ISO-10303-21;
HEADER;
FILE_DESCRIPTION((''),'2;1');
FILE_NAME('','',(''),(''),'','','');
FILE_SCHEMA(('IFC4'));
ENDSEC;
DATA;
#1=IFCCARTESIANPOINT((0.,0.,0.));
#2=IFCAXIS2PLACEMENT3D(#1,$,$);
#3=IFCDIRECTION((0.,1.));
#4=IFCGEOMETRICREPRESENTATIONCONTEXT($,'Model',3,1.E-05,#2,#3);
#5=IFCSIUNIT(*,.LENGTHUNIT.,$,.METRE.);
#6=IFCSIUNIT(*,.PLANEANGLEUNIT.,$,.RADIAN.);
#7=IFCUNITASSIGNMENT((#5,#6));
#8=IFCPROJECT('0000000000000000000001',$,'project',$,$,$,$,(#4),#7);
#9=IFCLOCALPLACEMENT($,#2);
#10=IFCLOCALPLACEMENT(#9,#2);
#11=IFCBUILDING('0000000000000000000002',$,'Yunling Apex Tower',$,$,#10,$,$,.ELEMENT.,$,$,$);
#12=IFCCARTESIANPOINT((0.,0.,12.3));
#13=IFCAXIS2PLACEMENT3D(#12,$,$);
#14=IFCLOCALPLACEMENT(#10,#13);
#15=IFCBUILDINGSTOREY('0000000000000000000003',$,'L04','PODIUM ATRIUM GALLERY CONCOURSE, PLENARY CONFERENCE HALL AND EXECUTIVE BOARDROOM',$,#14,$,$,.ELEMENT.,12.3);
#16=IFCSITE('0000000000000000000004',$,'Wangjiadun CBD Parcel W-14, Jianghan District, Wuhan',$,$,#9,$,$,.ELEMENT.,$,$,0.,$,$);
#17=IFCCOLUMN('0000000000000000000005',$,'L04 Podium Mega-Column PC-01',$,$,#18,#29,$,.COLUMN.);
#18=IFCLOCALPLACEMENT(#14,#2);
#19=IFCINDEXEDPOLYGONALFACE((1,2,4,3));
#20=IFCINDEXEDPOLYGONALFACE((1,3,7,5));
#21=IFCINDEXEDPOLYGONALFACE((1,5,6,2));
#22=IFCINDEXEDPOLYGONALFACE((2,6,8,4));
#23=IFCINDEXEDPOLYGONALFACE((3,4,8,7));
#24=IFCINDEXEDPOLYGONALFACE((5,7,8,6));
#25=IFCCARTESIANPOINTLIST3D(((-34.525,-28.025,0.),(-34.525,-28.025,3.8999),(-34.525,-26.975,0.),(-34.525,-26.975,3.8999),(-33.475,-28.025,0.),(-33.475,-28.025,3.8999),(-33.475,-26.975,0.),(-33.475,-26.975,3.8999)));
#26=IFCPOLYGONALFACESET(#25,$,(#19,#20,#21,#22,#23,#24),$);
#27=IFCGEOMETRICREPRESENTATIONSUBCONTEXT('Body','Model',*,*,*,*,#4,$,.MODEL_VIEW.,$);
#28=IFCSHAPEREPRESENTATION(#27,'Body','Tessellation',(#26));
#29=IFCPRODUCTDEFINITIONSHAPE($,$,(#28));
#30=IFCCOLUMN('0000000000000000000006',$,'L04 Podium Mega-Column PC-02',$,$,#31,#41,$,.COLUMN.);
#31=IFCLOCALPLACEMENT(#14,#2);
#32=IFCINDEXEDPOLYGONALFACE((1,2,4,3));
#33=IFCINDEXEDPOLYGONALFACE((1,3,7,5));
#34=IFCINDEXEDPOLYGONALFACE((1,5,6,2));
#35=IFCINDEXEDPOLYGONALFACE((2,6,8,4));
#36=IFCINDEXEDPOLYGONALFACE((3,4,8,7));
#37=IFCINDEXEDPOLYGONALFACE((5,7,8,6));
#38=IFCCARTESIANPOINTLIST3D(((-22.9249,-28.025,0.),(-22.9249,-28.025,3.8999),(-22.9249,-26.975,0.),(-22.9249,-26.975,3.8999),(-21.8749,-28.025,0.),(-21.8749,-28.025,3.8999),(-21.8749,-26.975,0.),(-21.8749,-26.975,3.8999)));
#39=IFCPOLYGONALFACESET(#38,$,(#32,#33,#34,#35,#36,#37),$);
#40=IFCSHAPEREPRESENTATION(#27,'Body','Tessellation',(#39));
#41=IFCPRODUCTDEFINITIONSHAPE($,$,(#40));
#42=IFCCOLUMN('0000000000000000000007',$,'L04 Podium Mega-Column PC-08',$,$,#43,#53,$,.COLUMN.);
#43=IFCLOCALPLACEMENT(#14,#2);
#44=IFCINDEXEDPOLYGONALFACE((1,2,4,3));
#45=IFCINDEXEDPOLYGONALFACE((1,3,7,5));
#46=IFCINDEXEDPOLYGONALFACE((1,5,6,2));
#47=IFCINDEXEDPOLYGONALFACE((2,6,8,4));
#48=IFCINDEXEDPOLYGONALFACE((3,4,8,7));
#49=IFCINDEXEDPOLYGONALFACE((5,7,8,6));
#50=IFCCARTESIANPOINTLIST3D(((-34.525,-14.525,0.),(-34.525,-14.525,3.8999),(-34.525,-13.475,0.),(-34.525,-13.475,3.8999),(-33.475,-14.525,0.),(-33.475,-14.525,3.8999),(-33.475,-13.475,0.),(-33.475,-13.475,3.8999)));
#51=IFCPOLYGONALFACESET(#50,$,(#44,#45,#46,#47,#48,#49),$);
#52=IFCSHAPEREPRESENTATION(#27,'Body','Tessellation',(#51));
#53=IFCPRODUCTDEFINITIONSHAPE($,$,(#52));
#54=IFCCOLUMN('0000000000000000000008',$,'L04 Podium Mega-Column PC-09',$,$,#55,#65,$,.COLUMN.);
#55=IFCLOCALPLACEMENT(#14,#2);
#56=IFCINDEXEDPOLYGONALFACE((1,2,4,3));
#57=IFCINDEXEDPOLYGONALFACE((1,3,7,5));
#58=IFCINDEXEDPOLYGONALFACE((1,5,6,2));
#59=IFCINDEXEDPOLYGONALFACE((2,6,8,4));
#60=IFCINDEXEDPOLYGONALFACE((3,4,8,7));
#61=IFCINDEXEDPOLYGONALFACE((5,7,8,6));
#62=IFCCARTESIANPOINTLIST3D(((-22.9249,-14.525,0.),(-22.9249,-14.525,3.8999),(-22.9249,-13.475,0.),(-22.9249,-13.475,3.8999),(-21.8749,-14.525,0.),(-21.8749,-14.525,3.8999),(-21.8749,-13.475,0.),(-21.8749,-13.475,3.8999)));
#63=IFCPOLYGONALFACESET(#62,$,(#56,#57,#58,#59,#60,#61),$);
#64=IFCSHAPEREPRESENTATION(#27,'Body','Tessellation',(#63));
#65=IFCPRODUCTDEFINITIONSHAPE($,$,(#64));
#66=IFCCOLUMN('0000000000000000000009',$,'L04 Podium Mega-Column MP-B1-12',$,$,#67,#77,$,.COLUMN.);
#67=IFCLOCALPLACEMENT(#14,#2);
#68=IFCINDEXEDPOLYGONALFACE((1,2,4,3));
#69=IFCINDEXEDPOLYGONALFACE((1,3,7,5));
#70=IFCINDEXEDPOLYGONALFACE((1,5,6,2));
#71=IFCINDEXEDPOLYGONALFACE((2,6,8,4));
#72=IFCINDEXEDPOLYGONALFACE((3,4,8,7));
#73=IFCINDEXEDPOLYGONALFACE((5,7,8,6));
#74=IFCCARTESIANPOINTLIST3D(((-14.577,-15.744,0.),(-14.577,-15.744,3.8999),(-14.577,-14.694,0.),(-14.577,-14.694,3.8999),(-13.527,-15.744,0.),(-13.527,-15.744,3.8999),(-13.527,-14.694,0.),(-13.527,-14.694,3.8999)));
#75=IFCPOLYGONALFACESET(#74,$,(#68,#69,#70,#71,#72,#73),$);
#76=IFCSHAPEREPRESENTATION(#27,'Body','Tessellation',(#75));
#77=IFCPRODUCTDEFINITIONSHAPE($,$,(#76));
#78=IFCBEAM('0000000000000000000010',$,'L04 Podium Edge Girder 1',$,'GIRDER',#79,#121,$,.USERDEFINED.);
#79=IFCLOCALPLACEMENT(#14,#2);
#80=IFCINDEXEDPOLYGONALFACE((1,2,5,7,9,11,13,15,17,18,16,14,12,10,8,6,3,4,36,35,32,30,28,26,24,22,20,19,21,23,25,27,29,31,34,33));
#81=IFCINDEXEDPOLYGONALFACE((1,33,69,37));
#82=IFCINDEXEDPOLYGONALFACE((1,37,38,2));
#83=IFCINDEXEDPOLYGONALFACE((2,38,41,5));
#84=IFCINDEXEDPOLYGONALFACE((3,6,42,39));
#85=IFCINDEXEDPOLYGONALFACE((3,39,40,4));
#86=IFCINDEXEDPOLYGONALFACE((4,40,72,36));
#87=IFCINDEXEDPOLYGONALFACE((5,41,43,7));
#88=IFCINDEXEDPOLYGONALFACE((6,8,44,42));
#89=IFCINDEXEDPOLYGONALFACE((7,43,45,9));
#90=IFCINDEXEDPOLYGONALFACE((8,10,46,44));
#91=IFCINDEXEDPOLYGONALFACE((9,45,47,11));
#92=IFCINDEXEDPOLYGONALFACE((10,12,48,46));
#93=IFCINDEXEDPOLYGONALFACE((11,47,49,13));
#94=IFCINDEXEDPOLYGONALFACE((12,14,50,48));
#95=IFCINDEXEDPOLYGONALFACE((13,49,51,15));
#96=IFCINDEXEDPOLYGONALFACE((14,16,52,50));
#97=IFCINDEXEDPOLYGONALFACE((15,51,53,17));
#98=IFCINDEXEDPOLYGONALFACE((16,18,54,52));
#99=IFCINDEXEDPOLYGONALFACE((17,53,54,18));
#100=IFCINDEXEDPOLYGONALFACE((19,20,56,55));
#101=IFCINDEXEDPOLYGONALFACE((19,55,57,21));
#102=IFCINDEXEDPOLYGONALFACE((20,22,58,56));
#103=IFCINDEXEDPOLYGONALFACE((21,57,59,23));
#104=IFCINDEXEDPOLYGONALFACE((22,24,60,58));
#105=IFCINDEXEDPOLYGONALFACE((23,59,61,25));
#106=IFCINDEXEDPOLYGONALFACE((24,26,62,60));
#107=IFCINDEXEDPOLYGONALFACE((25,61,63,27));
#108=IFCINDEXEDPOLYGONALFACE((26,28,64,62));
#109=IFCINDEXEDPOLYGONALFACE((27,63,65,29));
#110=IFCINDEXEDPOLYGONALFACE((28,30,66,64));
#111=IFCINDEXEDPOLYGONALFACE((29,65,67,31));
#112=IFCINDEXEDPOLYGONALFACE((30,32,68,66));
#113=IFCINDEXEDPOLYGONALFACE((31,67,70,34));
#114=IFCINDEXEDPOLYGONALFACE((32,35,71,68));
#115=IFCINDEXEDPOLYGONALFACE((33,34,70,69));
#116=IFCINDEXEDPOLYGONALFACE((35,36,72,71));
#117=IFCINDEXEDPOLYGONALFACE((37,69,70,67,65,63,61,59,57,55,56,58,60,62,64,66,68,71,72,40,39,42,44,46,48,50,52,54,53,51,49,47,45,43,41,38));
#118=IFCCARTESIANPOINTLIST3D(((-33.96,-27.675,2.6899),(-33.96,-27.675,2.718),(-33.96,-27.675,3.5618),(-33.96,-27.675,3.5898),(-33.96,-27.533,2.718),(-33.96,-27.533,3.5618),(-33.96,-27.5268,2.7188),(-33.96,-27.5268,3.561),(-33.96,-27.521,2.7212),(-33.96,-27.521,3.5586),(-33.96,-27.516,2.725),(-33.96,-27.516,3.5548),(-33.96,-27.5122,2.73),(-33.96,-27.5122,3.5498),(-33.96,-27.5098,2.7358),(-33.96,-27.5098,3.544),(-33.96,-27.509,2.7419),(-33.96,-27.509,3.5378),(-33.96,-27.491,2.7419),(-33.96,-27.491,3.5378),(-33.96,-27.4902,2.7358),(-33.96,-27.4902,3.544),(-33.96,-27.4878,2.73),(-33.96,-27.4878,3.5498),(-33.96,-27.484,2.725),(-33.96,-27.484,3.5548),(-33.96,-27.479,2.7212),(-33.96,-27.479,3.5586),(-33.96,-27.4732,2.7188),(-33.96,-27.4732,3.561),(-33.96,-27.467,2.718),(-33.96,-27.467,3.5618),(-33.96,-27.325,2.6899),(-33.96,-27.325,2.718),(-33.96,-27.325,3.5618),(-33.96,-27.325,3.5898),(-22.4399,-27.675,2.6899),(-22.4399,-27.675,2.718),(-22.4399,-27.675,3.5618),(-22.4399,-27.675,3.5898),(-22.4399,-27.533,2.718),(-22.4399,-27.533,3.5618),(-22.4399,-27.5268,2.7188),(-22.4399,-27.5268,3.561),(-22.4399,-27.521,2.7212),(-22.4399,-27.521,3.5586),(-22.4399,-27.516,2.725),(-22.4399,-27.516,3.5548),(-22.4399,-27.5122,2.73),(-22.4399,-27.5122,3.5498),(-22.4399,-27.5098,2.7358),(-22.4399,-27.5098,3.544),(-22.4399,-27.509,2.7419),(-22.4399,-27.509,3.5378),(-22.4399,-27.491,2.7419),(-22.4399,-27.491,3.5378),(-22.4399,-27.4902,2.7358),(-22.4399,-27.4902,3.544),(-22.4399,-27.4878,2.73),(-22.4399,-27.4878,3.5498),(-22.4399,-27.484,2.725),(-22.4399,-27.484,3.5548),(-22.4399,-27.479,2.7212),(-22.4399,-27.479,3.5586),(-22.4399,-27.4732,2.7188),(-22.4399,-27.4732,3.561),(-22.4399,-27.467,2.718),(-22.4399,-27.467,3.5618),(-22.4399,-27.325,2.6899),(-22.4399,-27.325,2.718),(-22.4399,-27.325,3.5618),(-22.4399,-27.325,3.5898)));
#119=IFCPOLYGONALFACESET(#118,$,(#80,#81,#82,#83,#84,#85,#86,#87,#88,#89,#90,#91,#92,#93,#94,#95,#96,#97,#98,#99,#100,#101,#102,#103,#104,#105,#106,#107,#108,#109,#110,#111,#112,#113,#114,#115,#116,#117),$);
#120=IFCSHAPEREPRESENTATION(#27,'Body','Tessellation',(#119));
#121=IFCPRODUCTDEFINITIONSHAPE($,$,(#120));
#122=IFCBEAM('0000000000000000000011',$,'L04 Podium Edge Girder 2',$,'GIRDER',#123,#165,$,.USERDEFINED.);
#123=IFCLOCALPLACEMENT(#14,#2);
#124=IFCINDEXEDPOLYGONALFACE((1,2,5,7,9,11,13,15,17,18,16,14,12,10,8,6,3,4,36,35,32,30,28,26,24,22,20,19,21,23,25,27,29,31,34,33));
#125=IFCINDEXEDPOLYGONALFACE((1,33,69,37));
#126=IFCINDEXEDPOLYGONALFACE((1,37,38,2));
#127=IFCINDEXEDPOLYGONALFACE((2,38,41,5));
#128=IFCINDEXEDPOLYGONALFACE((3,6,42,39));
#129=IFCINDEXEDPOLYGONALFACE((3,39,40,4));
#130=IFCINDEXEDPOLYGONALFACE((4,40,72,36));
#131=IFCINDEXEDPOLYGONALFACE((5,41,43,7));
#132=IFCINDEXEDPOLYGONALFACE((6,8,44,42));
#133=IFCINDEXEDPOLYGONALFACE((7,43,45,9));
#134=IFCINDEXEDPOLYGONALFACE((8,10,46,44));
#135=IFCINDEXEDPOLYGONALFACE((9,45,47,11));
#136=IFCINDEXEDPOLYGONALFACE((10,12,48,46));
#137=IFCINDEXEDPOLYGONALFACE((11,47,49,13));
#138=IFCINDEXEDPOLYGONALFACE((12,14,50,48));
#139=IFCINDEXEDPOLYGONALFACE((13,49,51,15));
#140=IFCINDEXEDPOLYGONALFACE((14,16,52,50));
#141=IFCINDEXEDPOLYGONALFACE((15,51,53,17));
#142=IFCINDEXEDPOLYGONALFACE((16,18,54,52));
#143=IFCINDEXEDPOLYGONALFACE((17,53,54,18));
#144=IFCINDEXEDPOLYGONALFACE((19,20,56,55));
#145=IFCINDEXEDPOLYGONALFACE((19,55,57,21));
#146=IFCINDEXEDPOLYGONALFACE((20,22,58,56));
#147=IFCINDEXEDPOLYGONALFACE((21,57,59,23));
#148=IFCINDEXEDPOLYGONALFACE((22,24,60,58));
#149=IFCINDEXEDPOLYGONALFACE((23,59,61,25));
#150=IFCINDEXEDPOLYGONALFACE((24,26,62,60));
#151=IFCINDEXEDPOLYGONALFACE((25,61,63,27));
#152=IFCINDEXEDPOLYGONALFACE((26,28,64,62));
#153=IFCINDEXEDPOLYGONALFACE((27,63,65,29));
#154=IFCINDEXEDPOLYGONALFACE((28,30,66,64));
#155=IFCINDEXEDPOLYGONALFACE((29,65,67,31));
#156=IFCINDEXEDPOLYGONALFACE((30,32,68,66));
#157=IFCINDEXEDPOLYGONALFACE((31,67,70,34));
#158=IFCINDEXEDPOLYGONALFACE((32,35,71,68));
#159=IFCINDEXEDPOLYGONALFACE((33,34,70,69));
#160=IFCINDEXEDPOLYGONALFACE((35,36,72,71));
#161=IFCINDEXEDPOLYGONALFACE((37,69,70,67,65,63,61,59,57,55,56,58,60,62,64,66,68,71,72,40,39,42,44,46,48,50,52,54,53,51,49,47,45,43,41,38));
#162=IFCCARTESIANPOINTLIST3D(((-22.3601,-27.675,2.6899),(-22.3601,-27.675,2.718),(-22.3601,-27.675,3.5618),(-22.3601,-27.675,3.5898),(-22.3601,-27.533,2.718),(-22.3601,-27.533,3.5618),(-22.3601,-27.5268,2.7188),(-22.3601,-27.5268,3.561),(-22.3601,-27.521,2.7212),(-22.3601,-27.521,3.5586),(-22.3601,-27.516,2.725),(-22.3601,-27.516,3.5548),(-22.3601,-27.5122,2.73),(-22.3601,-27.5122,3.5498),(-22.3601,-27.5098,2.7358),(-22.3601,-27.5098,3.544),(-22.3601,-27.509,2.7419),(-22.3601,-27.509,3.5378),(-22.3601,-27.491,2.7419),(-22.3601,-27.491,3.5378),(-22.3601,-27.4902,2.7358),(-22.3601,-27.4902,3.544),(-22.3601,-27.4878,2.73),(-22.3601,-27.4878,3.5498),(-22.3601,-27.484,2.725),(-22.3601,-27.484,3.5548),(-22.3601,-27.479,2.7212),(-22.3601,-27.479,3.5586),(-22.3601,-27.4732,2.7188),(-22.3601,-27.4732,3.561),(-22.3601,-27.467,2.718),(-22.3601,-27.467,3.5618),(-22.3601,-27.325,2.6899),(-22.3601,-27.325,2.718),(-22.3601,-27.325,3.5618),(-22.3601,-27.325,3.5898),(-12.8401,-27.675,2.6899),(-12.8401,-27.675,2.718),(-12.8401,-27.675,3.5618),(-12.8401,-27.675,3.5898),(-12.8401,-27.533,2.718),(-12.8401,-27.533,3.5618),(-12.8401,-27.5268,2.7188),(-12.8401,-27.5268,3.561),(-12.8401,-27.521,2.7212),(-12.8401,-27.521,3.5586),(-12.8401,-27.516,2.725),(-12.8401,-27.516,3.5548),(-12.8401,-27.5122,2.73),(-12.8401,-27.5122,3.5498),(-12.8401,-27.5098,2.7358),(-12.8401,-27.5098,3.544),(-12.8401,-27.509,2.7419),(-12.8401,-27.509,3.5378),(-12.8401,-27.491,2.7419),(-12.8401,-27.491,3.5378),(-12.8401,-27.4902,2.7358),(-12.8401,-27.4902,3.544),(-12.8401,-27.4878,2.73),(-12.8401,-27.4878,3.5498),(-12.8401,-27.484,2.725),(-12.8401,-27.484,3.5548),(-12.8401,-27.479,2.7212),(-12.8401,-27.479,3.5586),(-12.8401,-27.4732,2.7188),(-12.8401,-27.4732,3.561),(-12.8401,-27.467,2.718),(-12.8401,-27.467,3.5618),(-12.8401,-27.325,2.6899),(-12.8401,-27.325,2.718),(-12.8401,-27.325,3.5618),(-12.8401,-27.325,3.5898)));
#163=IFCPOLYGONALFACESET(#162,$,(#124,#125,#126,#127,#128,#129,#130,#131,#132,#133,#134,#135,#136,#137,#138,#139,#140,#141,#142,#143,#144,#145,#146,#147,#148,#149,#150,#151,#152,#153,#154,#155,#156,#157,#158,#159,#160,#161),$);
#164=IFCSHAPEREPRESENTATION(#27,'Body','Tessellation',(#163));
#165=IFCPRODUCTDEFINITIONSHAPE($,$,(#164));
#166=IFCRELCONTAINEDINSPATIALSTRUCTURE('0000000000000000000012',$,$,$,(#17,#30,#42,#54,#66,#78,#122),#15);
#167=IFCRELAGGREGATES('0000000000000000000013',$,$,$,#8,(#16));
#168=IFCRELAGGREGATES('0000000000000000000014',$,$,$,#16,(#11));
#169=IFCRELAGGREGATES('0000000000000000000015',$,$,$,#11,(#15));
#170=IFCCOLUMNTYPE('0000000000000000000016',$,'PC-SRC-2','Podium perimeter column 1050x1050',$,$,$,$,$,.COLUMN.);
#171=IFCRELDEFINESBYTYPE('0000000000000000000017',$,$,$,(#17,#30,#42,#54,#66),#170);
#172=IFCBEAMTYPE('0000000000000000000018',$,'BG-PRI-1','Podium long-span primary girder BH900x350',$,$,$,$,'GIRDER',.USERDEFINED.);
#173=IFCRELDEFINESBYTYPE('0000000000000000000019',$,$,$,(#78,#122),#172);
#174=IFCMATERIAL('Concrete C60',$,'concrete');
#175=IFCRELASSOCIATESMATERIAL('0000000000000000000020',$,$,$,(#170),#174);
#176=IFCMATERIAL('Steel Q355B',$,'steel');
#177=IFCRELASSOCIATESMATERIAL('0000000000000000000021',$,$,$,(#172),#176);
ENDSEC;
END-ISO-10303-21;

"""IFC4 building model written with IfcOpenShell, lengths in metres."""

from ifc_helpers import new_model, si_unit, direction, frame, origin, origin_2d, place, context, subcontext, project, spatial, rectangle, i_section, extrude, source, transform, mapped, material, material_profile, profile_set, type_object, element, save


model = new_model("IFC4")

# Units and contexts
model_context = context("Model", 3, precision=1e-05, world=origin(), true_north=direction((0.0, 1.0)))
body_context = subcontext(model_context, "Body", "Model", "MODEL_VIEW")
ifc_project = project(units=[si_unit("LENGTHUNIT", "METRE"), si_unit("PLANEANGLEUNIT", "RADIAN")], contexts=[model_context])

# Site, building, storey
site_placement = place(None, origin())
site = spatial("IfcSite", under=ifc_project, at=site_placement, Name="Wangjiadun CBD Parcel W-14, Jianghan District, Wuhan", CompositionType="ELEMENT", RefElevation=0.0)
building_placement = place(site_placement, origin())
building = spatial("IfcBuilding", under=site, at=building_placement, Name="Yunling Apex Tower", CompositionType="ELEMENT")
storey_placement = place(building_placement, frame((0.0, 0.0, 12.3)))
storey = spatial("IfcBuildingStorey", under=building, at=storey_placement, Name="L04", Description="PODIUM ATRIUM GALLERY CONCOURSE, PLENARY CONFERENCE HALL AND EXECUTIVE BOARDROOM", CompositionType="ELEMENT", Elevation=12.3)

# Columns
ifc_material_1 = material(Name="Concrete C60", Category="concrete")
ifc_material_profile_1 = material_profile(ifc_material_1, rectangle(XDim=1.05, YDim=1.05, at=origin_2d()))
ifc_profile_set_1 = profile_set([ifc_material_profile_1], Name="Concrete C60")
column_type = type_object("IfcColumnType", Name="PC-SRC-2", Description="Podium perimeter column 1050x1050", PredefinedType="COLUMN", material=ifc_profile_set_1)
shared_shape_1 = source(origin(), body_context, "Body", "SweptSolid", [
    extrude(rectangle(XDim=1.05, YDim=1.05, at=origin_2d()), origin(), (0.0, 0.0, 1.0), 3.8999),
])
for number, where, z_axis, x_axis, name in (
    (1, (-34.0, -27.5, 0.0), (0.0, 0.0, 1.0), (1.0, 0.0, 0.0), "L04 Podium Mega-Column PC-01"),
    (2, (-22.3999, -27.5, 0.0), (0.0, 0.0, 1.0), (1.0, 0.0, 0.0), "L04 Podium Mega-Column PC-02"),
    (3, (-34.0, -14.0, 0.0), (0.0, 0.0, 1.0), (1.0, 0.0, 0.0), "L04 Podium Mega-Column PC-08"),
    (4, (-22.3999, -14.0, 0.0), (0.0, 0.0, 1.0), (1.0, 0.0, 0.0), "L04 Podium Mega-Column PC-09"),
    (5, (-14.052, -15.219, 0.0), (0.0, 0.0, 1.0), (1.0, 0.0, 0.0), "L04 Podium Mega-Column MP-B1-12"),
):
    element("IfcColumn", number, at=place(storey_placement, frame(where, z_axis=z_axis, x_axis=x_axis)), inside=storey, type_object=column_type, Name=name, PredefinedType="COLUMN", context=body_context, shape_type="MappedRepresentation", body=[
        mapped(shared_shape_1, transform((0.0, 0.0, 0.0), scale=1.0)),
    ])

# Beams
ifc_material_2 = material(Name="Steel Q355B", Category="steel")
ifc_material_profile_2 = material_profile(ifc_material_2, i_section(OverallWidth=0.3501, OverallDepth=0.8999, WebThickness=0.0181, FlangeThickness=0.0281, FilletRadius=0.0239, at=origin_2d()))
ifc_profile_set_2 = profile_set([ifc_material_profile_2], Name="Steel Q355B")
beam_type_1 = type_object("IfcBeamType", Name="BG-PRI-1", Description="Podium long-span primary girder BH900x350", ElementType="GIRDER", PredefinedType="USERDEFINED", material=ifc_profile_set_2)
shared_shape_2 = source(origin(), body_context, "Body", "SweptSolid", [
    extrude(i_section(OverallWidth=0.3501, OverallDepth=0.8999, WebThickness=0.0181, FlangeThickness=0.0281, FilletRadius=0.0239, at=origin_2d()), origin(), (0.0, 0.0, 1.0), 11.52),
])
beam_1_placement = place(storey_placement, frame((-33.96, -27.5, 3.1399), z_axis=(1.0, 0.0, 0.0), x_axis=(0.0, 1.0, 0.0)))
element("IfcBeam", 6, at=beam_1_placement, inside=storey, type_object=beam_type_1, Name="L04 Podium Edge Girder 1", ObjectType="GIRDER", PredefinedType="USERDEFINED", context=body_context, shape_type="MappedRepresentation", body=[
    mapped(shared_shape_2, transform((0.0, 0.0, 0.0), scale=1.0)),
])
shared_shape_3 = source(origin(), body_context, "Body", "SweptSolid", [
    extrude(i_section(OverallWidth=0.3501, OverallDepth=0.8999, WebThickness=0.0181, FlangeThickness=0.0281, FilletRadius=0.0239, at=origin_2d()), origin(), (0.0, 0.0, 1.0), 9.52),
])
beam_2_placement = place(storey_placement, frame((-22.3601, -27.5, 3.1399), z_axis=(1.0, 0.0, 0.0), x_axis=(0.0, 1.0, 0.0)))
element("IfcBeam", 7, at=beam_2_placement, inside=storey, type_object=beam_type_1, Name="L04 Podium Edge Girder 2", ObjectType="GIRDER", PredefinedType="USERDEFINED", context=body_context, shape_type="MappedRepresentation", body=[
    mapped(shared_shape_3, transform((0.0, 0.0, 0.0), scale=1.0)),
])

save(model, "model.ifc")
